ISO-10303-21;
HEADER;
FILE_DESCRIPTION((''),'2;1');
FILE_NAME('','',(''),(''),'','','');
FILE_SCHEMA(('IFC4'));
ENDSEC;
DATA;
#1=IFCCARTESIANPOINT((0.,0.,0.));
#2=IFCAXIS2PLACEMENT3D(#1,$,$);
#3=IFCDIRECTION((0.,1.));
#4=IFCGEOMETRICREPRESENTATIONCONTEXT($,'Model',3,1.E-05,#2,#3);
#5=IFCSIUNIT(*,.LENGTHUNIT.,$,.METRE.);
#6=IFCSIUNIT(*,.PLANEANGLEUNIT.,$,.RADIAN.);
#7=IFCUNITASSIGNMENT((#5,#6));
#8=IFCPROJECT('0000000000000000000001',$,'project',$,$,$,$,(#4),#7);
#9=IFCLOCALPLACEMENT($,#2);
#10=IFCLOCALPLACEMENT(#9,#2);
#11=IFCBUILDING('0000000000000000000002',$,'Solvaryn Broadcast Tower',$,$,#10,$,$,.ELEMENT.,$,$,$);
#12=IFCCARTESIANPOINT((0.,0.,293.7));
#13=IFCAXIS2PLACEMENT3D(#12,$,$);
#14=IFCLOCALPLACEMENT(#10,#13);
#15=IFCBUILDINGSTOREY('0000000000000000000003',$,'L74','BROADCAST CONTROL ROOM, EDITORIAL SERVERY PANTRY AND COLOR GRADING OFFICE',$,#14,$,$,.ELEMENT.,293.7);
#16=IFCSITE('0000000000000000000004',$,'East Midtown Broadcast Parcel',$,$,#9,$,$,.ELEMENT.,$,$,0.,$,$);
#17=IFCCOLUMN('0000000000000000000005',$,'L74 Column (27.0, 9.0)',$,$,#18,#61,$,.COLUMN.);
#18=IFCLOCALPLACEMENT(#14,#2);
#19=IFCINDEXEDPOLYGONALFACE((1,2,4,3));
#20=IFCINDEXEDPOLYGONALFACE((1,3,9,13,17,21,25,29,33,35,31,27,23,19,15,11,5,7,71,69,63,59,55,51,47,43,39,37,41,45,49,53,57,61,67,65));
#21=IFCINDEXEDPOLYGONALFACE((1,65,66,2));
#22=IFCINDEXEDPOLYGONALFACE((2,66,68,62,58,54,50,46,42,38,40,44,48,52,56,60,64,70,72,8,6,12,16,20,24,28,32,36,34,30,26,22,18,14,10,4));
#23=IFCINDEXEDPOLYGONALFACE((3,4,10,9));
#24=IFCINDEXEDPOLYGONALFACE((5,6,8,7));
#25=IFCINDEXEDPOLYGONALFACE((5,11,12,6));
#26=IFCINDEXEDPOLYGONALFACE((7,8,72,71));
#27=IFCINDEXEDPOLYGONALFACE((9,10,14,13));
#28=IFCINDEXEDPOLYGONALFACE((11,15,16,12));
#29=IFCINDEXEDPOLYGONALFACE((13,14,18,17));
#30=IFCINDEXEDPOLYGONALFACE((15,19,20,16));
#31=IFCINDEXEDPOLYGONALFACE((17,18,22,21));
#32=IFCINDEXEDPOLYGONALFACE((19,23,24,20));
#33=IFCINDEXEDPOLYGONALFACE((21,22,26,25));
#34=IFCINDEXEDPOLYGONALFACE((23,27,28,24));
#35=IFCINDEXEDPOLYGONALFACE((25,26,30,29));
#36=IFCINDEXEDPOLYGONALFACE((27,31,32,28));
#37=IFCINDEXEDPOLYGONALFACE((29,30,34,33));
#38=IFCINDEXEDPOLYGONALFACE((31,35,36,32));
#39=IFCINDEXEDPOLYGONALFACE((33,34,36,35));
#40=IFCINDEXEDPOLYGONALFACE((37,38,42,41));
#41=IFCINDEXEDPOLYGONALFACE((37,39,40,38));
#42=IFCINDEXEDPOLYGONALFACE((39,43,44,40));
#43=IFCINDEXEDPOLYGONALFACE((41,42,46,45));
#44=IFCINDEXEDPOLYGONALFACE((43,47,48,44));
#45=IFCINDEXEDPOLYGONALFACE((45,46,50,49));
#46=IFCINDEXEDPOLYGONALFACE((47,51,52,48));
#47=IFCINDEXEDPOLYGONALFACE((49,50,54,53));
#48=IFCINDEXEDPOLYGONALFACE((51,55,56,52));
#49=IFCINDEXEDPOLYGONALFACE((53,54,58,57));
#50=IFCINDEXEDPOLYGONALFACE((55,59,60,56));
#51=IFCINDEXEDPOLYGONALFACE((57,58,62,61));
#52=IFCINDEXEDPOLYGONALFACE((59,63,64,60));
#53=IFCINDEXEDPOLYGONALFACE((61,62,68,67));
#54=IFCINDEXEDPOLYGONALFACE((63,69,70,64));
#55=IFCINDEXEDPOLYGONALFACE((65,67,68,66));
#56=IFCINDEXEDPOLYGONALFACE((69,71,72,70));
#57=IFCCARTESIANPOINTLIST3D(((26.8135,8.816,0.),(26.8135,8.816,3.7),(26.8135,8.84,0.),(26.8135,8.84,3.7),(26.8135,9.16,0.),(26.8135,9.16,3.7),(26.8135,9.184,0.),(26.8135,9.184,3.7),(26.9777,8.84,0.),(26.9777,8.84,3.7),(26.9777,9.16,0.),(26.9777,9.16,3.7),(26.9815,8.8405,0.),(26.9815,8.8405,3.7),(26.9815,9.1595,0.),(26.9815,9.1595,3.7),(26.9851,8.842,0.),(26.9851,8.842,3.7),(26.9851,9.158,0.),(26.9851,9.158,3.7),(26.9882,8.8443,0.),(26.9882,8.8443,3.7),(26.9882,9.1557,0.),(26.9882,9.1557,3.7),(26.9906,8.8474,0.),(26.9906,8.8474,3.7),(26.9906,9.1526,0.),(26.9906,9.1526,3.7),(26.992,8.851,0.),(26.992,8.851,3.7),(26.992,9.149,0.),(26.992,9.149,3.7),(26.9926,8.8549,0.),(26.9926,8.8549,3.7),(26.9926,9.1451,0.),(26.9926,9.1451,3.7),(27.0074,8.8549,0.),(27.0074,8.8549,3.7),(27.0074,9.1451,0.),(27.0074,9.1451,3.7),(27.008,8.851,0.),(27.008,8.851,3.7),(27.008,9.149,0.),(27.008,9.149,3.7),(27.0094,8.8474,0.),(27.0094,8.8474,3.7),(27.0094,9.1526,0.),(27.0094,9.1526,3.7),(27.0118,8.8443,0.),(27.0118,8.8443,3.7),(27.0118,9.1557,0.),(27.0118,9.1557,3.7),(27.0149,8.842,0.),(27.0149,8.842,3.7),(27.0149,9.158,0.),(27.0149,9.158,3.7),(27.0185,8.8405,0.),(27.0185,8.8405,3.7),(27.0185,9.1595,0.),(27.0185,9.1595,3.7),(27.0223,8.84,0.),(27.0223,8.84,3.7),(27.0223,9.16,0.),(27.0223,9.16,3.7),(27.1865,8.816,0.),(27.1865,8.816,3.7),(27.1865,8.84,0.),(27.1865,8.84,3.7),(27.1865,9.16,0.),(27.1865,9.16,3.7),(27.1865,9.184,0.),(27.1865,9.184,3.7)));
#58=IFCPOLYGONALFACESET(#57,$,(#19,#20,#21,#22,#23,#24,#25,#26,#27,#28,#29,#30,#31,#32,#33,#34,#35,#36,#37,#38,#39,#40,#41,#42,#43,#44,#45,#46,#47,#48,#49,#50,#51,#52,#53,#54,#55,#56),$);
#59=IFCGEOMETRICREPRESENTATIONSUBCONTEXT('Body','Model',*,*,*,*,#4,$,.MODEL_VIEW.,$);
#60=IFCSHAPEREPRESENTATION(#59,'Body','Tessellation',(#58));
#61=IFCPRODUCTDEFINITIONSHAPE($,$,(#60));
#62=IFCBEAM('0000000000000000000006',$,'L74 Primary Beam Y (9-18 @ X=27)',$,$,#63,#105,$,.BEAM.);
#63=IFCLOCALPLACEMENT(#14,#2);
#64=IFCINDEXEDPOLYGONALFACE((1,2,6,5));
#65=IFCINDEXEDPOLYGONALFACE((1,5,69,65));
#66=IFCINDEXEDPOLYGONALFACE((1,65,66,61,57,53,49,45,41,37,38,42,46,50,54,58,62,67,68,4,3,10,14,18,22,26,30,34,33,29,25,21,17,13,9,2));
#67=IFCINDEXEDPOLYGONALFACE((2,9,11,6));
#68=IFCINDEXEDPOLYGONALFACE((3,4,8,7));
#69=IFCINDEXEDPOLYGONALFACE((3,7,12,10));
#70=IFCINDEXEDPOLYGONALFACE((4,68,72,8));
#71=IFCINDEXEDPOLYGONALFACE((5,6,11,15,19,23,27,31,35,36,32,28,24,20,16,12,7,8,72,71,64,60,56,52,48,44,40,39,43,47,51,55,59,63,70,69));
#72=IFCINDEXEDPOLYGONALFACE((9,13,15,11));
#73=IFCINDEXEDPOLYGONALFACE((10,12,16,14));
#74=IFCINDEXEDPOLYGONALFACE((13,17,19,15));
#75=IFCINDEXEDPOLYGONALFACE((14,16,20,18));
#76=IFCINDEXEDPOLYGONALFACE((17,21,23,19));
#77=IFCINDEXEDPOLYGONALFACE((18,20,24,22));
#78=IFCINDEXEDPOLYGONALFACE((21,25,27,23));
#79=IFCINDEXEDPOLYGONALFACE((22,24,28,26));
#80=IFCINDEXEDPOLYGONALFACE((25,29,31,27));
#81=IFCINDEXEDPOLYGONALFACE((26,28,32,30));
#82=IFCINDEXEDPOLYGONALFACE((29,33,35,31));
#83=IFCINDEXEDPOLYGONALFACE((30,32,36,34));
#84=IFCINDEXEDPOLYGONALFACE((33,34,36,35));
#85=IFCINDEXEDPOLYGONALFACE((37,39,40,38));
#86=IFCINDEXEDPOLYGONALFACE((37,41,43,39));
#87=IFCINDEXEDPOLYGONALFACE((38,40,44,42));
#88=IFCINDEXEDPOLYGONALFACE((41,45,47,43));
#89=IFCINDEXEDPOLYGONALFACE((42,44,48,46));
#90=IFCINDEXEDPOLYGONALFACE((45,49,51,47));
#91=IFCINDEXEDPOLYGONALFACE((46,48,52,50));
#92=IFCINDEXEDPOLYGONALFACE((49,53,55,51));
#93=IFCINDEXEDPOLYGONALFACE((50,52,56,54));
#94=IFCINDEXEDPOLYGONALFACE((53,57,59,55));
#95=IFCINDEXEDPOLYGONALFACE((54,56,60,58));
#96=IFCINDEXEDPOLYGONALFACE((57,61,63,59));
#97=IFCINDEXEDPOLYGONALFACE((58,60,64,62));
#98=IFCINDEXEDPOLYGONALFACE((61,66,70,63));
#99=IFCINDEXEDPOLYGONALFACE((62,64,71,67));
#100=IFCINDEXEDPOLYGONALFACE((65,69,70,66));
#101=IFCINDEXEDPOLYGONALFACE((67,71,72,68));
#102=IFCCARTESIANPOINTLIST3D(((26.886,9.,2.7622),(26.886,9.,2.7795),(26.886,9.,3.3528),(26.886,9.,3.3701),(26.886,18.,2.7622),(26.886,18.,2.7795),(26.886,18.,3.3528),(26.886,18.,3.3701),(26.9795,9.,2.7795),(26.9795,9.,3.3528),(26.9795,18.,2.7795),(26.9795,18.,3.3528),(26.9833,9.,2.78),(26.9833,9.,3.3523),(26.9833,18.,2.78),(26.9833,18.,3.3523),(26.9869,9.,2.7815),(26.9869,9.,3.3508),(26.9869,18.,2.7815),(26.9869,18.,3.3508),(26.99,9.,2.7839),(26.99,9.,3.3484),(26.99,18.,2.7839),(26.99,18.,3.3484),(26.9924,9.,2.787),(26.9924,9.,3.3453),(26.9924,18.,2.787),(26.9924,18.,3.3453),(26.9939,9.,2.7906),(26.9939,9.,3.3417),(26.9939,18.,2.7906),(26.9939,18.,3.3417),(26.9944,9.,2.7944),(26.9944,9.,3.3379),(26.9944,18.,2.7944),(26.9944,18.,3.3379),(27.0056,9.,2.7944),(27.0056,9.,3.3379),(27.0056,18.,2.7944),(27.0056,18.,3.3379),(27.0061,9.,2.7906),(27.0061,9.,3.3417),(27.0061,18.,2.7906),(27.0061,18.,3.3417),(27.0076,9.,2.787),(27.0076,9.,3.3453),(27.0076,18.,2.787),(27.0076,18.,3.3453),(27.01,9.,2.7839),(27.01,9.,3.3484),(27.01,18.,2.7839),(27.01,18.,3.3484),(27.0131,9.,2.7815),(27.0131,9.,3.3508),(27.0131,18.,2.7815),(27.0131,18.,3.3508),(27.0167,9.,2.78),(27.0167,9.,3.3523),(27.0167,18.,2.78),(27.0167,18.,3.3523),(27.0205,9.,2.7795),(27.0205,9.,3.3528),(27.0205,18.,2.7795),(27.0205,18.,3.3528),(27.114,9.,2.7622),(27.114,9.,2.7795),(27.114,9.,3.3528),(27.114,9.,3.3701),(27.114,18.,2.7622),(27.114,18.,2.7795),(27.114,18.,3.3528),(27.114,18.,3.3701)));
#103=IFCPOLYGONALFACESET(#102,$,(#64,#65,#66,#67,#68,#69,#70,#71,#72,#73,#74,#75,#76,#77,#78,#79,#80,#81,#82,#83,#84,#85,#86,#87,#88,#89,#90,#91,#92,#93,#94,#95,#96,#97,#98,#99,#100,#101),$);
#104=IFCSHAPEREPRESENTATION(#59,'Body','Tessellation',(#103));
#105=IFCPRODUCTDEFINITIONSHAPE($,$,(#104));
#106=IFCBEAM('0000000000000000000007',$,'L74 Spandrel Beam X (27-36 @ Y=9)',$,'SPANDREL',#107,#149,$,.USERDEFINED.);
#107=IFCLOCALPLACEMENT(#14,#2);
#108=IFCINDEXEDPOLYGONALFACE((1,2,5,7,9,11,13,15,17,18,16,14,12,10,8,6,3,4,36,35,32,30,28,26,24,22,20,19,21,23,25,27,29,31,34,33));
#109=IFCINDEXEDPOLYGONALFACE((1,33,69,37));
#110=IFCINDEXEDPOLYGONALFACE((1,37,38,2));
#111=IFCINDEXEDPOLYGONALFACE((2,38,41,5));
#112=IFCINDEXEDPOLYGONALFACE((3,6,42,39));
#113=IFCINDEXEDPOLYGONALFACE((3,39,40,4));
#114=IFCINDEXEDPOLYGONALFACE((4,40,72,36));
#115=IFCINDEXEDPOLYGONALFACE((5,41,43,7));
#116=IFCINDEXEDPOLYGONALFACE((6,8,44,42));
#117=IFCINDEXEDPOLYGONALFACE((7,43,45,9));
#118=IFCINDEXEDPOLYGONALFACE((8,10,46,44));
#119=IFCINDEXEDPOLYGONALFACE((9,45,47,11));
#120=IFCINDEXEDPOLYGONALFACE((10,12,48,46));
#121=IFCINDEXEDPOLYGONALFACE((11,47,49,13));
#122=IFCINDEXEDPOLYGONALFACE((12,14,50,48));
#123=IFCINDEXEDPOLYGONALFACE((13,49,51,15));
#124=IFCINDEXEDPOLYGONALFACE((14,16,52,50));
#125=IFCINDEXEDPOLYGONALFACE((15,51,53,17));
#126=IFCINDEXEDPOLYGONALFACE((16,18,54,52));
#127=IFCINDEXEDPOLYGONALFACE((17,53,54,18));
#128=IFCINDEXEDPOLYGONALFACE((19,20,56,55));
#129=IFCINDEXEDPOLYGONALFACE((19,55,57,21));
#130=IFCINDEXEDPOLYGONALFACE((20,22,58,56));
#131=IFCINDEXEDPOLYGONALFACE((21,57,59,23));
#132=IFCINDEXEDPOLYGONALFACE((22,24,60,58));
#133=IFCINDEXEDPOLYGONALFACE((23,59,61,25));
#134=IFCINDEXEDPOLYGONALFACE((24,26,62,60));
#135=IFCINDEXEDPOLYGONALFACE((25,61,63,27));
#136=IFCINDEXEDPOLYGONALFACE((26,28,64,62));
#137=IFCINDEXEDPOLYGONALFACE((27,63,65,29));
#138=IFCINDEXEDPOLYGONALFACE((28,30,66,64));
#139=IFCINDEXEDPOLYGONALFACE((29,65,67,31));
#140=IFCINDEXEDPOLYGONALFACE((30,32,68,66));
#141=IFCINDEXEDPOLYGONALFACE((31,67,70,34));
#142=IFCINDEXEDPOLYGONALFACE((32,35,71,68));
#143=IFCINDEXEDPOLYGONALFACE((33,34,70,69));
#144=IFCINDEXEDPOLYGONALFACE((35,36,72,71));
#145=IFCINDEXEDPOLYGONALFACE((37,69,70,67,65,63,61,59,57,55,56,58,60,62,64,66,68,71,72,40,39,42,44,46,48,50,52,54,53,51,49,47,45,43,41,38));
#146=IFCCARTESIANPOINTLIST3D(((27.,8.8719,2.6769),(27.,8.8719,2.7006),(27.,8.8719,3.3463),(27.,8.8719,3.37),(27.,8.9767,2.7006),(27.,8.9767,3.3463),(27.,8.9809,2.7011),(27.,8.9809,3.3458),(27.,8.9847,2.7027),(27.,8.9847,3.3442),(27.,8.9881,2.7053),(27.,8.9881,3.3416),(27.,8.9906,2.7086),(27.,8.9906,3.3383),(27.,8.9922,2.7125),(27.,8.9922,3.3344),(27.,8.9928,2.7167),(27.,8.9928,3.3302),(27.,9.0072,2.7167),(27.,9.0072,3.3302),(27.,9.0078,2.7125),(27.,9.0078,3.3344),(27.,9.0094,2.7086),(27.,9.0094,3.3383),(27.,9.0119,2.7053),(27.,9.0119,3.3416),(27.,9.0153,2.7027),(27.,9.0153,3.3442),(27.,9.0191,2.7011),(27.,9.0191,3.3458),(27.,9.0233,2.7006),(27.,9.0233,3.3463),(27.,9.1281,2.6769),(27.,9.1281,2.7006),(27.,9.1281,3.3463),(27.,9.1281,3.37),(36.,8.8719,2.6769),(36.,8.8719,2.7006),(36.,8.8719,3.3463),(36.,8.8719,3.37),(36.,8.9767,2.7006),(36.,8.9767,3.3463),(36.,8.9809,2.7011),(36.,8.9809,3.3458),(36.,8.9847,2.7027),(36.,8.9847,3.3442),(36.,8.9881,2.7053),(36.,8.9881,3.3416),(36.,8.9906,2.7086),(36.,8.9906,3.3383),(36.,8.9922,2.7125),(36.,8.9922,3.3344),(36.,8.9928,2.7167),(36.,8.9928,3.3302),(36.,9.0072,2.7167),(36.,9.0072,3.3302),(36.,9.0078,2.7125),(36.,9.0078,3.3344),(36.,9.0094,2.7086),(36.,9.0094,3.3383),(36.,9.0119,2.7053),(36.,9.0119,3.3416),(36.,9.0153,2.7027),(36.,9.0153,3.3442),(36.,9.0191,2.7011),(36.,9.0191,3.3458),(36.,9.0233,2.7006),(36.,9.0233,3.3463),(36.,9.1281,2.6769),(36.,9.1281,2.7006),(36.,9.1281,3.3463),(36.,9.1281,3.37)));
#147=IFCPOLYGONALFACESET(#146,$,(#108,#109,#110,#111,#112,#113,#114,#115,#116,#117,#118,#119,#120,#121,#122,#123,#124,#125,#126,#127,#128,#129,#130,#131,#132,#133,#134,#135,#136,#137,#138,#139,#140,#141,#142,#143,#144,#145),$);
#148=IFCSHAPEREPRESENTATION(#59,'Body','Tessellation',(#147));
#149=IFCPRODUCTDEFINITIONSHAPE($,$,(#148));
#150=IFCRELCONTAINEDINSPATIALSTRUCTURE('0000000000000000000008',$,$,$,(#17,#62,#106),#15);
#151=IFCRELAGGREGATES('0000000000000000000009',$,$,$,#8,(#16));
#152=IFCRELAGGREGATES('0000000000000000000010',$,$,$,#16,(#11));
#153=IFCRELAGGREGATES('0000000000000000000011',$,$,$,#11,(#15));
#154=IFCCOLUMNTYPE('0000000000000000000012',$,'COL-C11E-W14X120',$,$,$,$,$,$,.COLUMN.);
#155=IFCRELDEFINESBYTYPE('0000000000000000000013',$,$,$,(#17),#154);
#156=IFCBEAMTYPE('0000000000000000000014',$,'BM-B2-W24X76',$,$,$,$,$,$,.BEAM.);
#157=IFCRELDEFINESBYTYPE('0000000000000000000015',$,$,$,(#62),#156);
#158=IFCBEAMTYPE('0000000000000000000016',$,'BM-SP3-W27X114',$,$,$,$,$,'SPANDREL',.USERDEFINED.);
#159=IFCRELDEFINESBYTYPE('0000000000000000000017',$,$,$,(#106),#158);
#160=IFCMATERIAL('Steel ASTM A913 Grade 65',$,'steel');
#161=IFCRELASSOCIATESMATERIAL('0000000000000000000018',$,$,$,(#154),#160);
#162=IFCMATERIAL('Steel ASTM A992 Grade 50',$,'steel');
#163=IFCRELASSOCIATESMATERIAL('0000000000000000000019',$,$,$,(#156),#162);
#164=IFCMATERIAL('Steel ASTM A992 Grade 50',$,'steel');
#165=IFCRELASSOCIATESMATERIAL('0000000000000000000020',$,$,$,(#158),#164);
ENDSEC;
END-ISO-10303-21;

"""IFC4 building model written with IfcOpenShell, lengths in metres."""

from ifc_helpers import new_model, si_unit, direction, frame, origin, origin_2d, place, context, subcontext, project, spatial, i_section, extrude, material, material_profile, profile_set, type_object, element, save


model = new_model("IFC4")

# Units and contexts
model_context = context("Model", 3, precision=1e-05, world=origin(), true_north=direction((0.0, 1.0)))
body_context = subcontext(model_context, "Body", "Model", "MODEL_VIEW")
ifc_project = project(units=[si_unit("LENGTHUNIT", "METRE"), si_unit("PLANEANGLEUNIT", "RADIAN")], contexts=[model_context])

# Site, building, storey
site_placement = place(None, origin())
site = spatial("IfcSite", under=ifc_project, at=site_placement, Name="East Midtown Broadcast Parcel", CompositionType="ELEMENT", RefElevation=0.0)
building_placement = place(site_placement, origin())
building = spatial("IfcBuilding", under=site, at=building_placement, Name="Solvaryn Broadcast Tower", CompositionType="ELEMENT")
storey_placement = place(building_placement, frame((0.0, 0.0, 293.7)))
storey = spatial("IfcBuildingStorey", under=building, at=storey_placement, Name="L74", Description="BROADCAST CONTROL ROOM, EDITORIAL SERVERY PANTRY AND COLOR GRADING OFFICE", CompositionType="ELEMENT", Elevation=293.7)

# Column
ifc_material_1 = material(Name="Steel ASTM A913 Grade 65", Category="steel")
ifc_material_profile_1 = material_profile(ifc_material_1, i_section(OverallWidth=0.373, OverallDepth=0.3679, WebThickness=0.0149, FlangeThickness=0.0239, FilletRadius=0.0149, at=origin_2d()))
ifc_profile_set_1 = profile_set([ifc_material_profile_1], Name="Steel ASTM A913 Grade 65")
column_type = type_object("IfcColumnType", Name="COL-C11E-W14X120", PredefinedType="COLUMN", material=ifc_profile_set_1)
column_placement = place(storey_placement, frame((27.0, 9.0, 0.0), z_axis=(0.0, 0.0, 1.0), x_axis=(1.0, 0.0, 0.0)))
element("IfcColumn", 1, at=column_placement, inside=storey, type_object=column_type, Name="L74 Column (27.0, 9.0)", PredefinedType="COLUMN", context=body_context, shape_type="SweptSolid", body=[
    extrude(i_section(OverallWidth=0.373, OverallDepth=0.3679, WebThickness=0.0149, FlangeThickness=0.0239, FilletRadius=0.0149, at=origin_2d()), origin(), (0.0, 0.0, 1.0), 3.7),
])

# Beams
ifc_material_2 = material(Name="Steel ASTM A992 Grade 50", Category="steel")
ifc_material_profile_2 = material_profile(ifc_material_2, i_section(OverallWidth=0.228, OverallDepth=0.6079, WebThickness=0.0112, FlangeThickness=0.0173, FilletRadius=0.0149, at=origin_2d()))
ifc_profile_set_2 = profile_set([ifc_material_profile_2], Name="Steel ASTM A992 Grade 50")
beam_type_1 = type_object("IfcBeamType", Name="BM-B2-W24X76", PredefinedType="BEAM", material=ifc_profile_set_2)
beam_1_placement = place(storey_placement, frame((27.0, 9.0, 3.0662), z_axis=(0.0, 1.0, 0.0), x_axis=(-1.0, 0.0, 0.0)))
element("IfcBeam", 2, at=beam_1_placement, inside=storey, type_object=beam_type_1, Name="L74 Primary Beam Y (9-18 @ X=27)", PredefinedType="BEAM", context=body_context, shape_type="SweptSolid", body=[
    extrude(i_section(OverallWidth=0.228, OverallDepth=0.6079, WebThickness=0.0112, FlangeThickness=0.0173, FilletRadius=0.0149, at=origin_2d()), origin(), (0.0, 0.0, 1.0), 9.0),
])
ifc_material_3 = material(Name="Steel ASTM A992 Grade 50", Category="steel")
ifc_material_profile_3 = material_profile(ifc_material_3, i_section(OverallWidth=0.2561, OverallDepth=0.6931, WebThickness=0.0144, FlangeThickness=0.0237, FilletRadius=0.0161, at=origin_2d()))
ifc_profile_set_3 = profile_set([ifc_material_profile_3], Name="Steel ASTM A992 Grade 50")
beam_type_2 = type_object("IfcBeamType", Name="BM-SP3-W27X114", ElementType="SPANDREL", PredefinedType="USERDEFINED", material=ifc_profile_set_3)
beam_2_placement = place(storey_placement, frame((27.0, 9.0, 3.0234), z_axis=(1.0, 0.0, 0.0), x_axis=(0.0, 1.0, 0.0)))
element("IfcBeam", 3, at=beam_2_placement, inside=storey, type_object=beam_type_2, Name="L74 Spandrel Beam X (27-36 @ Y=9)", ObjectType="SPANDREL", PredefinedType="USERDEFINED", context=body_context, shape_type="SweptSolid", body=[
    extrude(i_section(OverallWidth=0.2561, OverallDepth=0.6931, WebThickness=0.0144, FlangeThickness=0.0237, FilletRadius=0.0161, at=origin_2d()), origin(), (0.0, 0.0, 1.0), 9.0),
])

save(model, "model.ifc")
